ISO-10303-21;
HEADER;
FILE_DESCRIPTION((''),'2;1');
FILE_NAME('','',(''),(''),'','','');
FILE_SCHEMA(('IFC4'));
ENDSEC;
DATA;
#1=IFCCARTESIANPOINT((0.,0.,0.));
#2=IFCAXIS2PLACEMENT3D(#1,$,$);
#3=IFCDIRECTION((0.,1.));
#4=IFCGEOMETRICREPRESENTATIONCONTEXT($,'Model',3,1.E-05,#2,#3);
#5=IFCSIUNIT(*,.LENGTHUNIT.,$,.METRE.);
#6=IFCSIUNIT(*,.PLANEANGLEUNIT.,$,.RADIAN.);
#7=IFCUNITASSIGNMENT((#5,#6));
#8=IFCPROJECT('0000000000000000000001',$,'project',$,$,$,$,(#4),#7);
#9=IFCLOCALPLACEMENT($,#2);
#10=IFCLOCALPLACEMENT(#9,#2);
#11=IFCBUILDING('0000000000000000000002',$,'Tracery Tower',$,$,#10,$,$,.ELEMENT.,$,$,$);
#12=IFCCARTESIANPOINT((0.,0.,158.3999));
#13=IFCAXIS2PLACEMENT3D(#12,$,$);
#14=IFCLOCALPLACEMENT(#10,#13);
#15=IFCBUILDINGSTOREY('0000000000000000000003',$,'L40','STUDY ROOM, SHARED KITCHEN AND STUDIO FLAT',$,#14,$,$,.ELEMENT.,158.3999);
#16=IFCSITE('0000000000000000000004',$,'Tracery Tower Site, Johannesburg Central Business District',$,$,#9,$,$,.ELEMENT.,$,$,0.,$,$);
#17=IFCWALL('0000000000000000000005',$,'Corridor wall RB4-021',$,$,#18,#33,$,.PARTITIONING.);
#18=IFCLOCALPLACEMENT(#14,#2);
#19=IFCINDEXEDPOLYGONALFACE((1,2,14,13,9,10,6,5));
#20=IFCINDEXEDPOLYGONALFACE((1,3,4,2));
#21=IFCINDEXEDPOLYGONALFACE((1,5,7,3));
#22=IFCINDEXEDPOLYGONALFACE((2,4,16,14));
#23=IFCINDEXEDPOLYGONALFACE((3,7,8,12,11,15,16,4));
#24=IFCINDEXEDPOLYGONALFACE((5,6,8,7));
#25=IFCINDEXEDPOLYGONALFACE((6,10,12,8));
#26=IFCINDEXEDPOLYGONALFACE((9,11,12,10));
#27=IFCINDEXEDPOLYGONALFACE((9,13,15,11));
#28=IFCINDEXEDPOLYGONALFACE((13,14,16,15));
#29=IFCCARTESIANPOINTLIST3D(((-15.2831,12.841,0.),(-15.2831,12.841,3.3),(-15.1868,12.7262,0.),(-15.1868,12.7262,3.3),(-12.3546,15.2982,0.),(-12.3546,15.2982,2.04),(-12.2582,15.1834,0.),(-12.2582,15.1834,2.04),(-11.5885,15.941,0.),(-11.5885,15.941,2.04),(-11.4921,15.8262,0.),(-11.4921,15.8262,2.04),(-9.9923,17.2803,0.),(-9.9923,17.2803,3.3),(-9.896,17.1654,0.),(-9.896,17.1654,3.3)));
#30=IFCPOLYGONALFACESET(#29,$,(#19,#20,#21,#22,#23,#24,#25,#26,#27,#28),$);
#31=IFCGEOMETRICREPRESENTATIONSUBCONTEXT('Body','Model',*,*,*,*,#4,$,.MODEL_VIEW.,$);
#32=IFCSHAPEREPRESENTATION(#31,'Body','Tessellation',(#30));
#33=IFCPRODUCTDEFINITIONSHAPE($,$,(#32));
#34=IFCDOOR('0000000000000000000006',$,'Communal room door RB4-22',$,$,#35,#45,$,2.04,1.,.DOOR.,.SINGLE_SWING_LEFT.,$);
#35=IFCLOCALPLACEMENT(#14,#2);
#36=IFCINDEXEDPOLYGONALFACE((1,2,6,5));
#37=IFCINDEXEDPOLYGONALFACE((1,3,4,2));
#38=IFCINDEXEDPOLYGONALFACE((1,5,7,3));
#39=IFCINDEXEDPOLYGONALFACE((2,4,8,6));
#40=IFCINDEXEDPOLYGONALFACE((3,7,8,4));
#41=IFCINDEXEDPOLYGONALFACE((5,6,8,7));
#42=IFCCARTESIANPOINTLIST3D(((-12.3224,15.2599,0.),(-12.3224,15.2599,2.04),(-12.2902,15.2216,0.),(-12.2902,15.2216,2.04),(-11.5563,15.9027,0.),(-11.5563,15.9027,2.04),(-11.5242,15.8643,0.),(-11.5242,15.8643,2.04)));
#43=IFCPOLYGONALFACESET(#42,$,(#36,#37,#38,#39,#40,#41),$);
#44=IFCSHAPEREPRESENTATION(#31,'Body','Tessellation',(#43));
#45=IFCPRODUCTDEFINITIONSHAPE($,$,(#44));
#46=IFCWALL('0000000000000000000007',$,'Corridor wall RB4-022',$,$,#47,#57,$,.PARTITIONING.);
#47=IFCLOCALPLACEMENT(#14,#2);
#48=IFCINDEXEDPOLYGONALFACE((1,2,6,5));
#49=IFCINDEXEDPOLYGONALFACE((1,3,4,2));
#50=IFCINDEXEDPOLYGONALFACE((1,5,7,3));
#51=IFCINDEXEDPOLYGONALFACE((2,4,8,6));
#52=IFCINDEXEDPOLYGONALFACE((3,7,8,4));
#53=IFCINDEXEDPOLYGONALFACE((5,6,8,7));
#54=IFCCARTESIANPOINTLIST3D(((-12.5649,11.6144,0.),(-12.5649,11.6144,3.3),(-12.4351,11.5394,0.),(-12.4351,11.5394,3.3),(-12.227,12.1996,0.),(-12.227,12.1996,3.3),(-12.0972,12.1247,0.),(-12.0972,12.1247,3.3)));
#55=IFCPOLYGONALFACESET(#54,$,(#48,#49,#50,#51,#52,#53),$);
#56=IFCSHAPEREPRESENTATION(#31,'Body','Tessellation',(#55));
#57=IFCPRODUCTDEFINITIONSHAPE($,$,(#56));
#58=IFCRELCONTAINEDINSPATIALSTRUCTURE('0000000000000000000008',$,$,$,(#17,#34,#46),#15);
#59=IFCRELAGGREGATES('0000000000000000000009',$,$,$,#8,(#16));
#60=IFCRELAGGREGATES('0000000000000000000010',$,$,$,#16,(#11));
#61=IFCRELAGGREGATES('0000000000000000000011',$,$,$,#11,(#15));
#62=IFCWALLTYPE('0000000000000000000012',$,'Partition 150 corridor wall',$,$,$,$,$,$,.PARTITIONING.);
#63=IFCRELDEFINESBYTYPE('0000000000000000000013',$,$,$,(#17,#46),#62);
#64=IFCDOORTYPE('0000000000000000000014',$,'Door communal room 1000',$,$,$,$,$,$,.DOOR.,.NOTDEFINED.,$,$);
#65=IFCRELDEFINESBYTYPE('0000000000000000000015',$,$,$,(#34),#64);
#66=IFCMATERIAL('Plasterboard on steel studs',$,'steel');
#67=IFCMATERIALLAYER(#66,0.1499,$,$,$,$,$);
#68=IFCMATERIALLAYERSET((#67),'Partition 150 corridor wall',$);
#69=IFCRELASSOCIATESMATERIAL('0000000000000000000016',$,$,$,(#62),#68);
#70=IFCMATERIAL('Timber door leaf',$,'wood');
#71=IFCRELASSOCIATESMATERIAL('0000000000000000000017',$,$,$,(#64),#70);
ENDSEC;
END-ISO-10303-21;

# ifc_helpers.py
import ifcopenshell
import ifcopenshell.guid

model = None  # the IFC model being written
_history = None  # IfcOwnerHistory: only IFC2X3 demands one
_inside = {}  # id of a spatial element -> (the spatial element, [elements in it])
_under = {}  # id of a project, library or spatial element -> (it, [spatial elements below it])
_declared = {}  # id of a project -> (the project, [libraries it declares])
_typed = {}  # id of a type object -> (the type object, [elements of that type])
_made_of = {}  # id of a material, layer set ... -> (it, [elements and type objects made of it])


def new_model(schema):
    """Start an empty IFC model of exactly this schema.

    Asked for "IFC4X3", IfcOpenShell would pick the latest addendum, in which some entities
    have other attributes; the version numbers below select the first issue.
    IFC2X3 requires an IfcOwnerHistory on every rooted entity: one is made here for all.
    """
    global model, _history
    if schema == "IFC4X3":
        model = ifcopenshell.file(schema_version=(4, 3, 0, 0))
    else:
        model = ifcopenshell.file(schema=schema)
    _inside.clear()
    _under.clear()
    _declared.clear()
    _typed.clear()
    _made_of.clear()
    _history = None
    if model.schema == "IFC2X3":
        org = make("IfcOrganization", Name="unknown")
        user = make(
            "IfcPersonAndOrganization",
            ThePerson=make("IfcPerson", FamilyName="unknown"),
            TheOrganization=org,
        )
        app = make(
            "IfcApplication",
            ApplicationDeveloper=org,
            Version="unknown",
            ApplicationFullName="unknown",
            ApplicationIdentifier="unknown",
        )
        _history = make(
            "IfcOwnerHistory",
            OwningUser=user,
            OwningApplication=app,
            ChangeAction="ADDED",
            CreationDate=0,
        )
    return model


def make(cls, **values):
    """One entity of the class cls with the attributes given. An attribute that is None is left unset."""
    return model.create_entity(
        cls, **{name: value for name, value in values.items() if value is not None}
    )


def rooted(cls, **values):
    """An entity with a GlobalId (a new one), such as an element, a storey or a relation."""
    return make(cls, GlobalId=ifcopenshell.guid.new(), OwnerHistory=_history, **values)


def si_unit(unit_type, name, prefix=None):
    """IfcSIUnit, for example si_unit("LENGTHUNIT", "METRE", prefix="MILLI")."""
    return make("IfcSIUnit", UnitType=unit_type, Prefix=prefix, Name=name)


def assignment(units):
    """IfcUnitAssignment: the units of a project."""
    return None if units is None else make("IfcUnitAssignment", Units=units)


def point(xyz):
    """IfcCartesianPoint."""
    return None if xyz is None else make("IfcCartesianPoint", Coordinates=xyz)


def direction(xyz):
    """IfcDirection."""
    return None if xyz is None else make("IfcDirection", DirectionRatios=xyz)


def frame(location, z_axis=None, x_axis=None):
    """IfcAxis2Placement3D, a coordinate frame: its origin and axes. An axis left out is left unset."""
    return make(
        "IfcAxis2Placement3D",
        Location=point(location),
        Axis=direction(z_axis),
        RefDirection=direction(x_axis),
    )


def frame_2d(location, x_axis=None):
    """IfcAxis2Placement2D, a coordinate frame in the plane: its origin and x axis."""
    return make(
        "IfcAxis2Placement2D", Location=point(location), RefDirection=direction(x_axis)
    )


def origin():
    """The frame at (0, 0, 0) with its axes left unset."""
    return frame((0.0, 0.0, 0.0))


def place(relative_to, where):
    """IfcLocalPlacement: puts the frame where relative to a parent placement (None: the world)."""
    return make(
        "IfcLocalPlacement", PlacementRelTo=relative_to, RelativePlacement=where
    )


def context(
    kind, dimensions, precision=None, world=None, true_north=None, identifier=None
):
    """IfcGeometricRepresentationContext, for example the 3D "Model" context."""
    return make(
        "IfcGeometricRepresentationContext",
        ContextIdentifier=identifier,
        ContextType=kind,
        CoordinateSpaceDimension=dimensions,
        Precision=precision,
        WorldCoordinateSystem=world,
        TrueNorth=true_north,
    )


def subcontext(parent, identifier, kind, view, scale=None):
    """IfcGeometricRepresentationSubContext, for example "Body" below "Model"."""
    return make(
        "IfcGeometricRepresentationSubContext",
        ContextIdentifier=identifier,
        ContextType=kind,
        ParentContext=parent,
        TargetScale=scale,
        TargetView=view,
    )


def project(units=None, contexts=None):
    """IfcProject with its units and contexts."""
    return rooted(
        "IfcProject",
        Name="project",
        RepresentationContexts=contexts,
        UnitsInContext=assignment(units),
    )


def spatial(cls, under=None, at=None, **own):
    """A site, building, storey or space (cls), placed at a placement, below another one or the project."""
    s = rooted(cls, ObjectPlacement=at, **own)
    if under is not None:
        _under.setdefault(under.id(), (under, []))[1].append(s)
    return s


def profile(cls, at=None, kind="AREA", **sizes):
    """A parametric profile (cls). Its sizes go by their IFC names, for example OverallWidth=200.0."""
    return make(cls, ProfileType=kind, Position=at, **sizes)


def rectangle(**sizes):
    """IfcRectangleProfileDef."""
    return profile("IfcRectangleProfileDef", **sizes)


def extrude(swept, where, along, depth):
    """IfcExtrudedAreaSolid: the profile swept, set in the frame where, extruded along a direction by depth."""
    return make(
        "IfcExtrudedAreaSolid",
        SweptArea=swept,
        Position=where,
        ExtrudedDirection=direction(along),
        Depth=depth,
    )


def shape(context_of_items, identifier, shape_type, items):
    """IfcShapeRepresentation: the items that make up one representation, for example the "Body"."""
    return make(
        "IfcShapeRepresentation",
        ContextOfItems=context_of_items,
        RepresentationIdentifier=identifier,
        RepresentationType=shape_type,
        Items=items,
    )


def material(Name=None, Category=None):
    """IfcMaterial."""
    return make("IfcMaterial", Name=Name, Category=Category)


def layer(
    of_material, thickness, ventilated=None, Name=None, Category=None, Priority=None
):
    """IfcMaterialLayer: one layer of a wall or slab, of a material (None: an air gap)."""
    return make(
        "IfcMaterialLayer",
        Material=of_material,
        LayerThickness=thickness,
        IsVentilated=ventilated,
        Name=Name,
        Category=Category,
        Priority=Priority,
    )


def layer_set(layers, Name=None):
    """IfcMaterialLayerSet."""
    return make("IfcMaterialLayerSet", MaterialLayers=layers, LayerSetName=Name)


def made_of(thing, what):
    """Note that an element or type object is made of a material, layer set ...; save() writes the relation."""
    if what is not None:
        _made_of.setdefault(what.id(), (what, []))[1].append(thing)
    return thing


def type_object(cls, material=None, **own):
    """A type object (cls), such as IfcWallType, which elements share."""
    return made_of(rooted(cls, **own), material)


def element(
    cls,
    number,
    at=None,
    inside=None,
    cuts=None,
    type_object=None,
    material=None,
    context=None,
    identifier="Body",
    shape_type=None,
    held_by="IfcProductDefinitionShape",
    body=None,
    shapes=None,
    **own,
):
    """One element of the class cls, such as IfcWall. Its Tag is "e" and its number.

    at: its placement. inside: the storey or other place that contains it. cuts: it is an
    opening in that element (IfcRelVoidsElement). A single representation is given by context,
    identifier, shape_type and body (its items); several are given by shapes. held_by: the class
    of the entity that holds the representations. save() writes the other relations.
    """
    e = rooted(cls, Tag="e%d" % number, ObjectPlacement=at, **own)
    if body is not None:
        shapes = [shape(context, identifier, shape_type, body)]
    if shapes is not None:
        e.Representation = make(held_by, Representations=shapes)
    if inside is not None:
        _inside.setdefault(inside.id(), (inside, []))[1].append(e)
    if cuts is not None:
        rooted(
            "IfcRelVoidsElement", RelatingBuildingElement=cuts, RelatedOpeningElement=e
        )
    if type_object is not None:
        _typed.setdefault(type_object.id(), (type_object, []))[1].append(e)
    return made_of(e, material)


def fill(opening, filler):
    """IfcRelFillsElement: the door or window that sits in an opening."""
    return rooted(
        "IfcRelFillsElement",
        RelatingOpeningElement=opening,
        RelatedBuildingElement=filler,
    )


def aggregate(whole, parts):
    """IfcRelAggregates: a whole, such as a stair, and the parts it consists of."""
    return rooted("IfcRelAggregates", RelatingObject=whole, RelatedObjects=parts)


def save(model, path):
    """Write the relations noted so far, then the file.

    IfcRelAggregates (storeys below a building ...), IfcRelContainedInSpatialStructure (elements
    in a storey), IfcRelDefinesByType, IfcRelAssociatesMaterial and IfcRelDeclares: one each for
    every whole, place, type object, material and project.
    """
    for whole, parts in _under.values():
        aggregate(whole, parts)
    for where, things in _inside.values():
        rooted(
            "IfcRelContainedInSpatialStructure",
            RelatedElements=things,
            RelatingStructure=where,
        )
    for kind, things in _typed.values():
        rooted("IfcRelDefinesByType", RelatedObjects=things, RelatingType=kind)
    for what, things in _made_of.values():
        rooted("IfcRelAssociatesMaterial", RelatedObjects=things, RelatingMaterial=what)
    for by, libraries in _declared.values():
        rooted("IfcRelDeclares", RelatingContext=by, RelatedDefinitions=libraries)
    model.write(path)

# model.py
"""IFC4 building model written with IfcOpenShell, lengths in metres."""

from ifc_helpers import new_model, si_unit, direction, frame, frame_2d, origin, place, context, subcontext, project, spatial, rectangle, extrude, material, layer, layer_set, type_object, element, fill, save


model = new_model("IFC4")

# Units and contexts
model_context = context("Model", 3, precision=1e-05, world=origin(), true_north=direction((0.0, 1.0)))
body_context = subcontext(model_context, "Body", "Model", "MODEL_VIEW")
ifc_project = project(units=[si_unit("LENGTHUNIT", "METRE"), si_unit("PLANEANGLEUNIT", "RADIAN")], contexts=[model_context])

# Site, building, storey
site_placement = place(None, origin())
site = spatial("IfcSite", under=ifc_project, at=site_placement, Name="Tracery Tower Site, Johannesburg Central Business District", CompositionType="ELEMENT", RefElevation=0.0)
building_placement = place(site_placement, origin())
building = spatial("IfcBuilding", under=site, at=building_placement, Name="Tracery Tower", CompositionType="ELEMENT")
storey_placement = place(building_placement, frame((0.0, 0.0, 158.3999)))
storey = spatial("IfcBuildingStorey", under=building, at=storey_placement, Name="L40", Description="STUDY ROOM, SHARED KITCHEN AND STUDIO FLAT", CompositionType="ELEMENT", Elevation=158.3999)

# Wall, opening, door
ifc_material_1 = material(Name="Plasterboard on steel studs", Category="steel")
ifc_layer_1 = layer(ifc_material_1, 0.1499)
ifc_layer_set_1 = layer_set([ifc_layer_1], Name="Partition 150 corridor wall")
wall_type_1 = type_object("IfcWallType", Name="Partition 150 corridor wall", PredefinedType="PARTITIONING", material=ifc_layer_set_1)
ifc_material_2 = material(Name="Timber door leaf", Category="wood")
door_type = type_object("IfcDoorType", Name="Door communal room 1000", OperationType="NOTDEFINED", PredefinedType="DOOR", material=ifc_material_2)
wall_1_placement = place(storey_placement, frame((-15.2349, 12.7837, 0.0), z_axis=(0.0, 0.0, 1.0), x_axis=(0.766064, 0.642764, 0.0)))
wall_1 = element("IfcWall", 1, at=wall_1_placement, inside=storey, type_object=wall_type_1, Name="Corridor wall RB4-021", PredefinedType="PARTITIONING", context=body_context, shape_type="SweptSolid", body=[
    extrude(rectangle(XDim=6.9065, YDim=0.1499, at=frame_2d((3.4531, 0.0))), origin(), (0.0, 0.0, 1.0), 3.3),
])
opening_1_placement = place(wall_1_placement, frame((3.8228, 0.0, 0.0)))
opening_1 = element("IfcOpeningElement", 2, at=opening_1_placement, cuts=wall_1, PredefinedType="OPENING", context=body_context, shape_type="SweptSolid", body=[
    extrude(rectangle(XDim=1.0, YDim=2.04, at=frame_2d((0.5, 1.02))), frame((0.0, 0.075, 0.0), z_axis=(0.0, -1.0, 0.0), x_axis=(1.0, 0.0, 0.0)), (0.0, 0.0, 1.0), 0.1499),
])
door_1_placement = place(opening_1_placement, origin())
door_1 = element("IfcDoor", 3, at=door_1_placement, inside=storey, type_object=door_type, Name="Communal room door RB4-22", OperationType="SINGLE_SWING_LEFT", OverallHeight=2.04, OverallWidth=1.0, PredefinedType="DOOR", context=body_context, shape_type="SweptSolid", body=[
    extrude(rectangle(XDim=1.0, YDim=2.04, at=frame_2d((0.5, 1.02))), frame((0.0, 0.0249, 0.0), z_axis=(0.0, -1.0, 0.0), x_axis=(1.0, 0.0, 0.0)), (0.0, 0.0, 1.0), 0.05),
])
fill(opening_1, door_1)

# Wall
wall_2_placement = place(storey_placement, frame((-12.5, 11.5769, 0.0), z_axis=(0.0, 0.0, 1.0), x_axis=(0.500025, 0.866011, 0.0)))
element("IfcWall", 4, at=wall_2_placement, inside=storey, type_object=wall_type_1, Name="Corridor wall RB4-022", PredefinedType="PARTITIONING", context=body_context, shape_type="SweptSolid", body=[
    extrude(rectangle(XDim=0.6758, YDim=0.1499, at=frame_2d((0.3379, 0.0))), origin(), (0.0, 0.0, 1.0), 3.3),
])

save(model, "model.ifc")
